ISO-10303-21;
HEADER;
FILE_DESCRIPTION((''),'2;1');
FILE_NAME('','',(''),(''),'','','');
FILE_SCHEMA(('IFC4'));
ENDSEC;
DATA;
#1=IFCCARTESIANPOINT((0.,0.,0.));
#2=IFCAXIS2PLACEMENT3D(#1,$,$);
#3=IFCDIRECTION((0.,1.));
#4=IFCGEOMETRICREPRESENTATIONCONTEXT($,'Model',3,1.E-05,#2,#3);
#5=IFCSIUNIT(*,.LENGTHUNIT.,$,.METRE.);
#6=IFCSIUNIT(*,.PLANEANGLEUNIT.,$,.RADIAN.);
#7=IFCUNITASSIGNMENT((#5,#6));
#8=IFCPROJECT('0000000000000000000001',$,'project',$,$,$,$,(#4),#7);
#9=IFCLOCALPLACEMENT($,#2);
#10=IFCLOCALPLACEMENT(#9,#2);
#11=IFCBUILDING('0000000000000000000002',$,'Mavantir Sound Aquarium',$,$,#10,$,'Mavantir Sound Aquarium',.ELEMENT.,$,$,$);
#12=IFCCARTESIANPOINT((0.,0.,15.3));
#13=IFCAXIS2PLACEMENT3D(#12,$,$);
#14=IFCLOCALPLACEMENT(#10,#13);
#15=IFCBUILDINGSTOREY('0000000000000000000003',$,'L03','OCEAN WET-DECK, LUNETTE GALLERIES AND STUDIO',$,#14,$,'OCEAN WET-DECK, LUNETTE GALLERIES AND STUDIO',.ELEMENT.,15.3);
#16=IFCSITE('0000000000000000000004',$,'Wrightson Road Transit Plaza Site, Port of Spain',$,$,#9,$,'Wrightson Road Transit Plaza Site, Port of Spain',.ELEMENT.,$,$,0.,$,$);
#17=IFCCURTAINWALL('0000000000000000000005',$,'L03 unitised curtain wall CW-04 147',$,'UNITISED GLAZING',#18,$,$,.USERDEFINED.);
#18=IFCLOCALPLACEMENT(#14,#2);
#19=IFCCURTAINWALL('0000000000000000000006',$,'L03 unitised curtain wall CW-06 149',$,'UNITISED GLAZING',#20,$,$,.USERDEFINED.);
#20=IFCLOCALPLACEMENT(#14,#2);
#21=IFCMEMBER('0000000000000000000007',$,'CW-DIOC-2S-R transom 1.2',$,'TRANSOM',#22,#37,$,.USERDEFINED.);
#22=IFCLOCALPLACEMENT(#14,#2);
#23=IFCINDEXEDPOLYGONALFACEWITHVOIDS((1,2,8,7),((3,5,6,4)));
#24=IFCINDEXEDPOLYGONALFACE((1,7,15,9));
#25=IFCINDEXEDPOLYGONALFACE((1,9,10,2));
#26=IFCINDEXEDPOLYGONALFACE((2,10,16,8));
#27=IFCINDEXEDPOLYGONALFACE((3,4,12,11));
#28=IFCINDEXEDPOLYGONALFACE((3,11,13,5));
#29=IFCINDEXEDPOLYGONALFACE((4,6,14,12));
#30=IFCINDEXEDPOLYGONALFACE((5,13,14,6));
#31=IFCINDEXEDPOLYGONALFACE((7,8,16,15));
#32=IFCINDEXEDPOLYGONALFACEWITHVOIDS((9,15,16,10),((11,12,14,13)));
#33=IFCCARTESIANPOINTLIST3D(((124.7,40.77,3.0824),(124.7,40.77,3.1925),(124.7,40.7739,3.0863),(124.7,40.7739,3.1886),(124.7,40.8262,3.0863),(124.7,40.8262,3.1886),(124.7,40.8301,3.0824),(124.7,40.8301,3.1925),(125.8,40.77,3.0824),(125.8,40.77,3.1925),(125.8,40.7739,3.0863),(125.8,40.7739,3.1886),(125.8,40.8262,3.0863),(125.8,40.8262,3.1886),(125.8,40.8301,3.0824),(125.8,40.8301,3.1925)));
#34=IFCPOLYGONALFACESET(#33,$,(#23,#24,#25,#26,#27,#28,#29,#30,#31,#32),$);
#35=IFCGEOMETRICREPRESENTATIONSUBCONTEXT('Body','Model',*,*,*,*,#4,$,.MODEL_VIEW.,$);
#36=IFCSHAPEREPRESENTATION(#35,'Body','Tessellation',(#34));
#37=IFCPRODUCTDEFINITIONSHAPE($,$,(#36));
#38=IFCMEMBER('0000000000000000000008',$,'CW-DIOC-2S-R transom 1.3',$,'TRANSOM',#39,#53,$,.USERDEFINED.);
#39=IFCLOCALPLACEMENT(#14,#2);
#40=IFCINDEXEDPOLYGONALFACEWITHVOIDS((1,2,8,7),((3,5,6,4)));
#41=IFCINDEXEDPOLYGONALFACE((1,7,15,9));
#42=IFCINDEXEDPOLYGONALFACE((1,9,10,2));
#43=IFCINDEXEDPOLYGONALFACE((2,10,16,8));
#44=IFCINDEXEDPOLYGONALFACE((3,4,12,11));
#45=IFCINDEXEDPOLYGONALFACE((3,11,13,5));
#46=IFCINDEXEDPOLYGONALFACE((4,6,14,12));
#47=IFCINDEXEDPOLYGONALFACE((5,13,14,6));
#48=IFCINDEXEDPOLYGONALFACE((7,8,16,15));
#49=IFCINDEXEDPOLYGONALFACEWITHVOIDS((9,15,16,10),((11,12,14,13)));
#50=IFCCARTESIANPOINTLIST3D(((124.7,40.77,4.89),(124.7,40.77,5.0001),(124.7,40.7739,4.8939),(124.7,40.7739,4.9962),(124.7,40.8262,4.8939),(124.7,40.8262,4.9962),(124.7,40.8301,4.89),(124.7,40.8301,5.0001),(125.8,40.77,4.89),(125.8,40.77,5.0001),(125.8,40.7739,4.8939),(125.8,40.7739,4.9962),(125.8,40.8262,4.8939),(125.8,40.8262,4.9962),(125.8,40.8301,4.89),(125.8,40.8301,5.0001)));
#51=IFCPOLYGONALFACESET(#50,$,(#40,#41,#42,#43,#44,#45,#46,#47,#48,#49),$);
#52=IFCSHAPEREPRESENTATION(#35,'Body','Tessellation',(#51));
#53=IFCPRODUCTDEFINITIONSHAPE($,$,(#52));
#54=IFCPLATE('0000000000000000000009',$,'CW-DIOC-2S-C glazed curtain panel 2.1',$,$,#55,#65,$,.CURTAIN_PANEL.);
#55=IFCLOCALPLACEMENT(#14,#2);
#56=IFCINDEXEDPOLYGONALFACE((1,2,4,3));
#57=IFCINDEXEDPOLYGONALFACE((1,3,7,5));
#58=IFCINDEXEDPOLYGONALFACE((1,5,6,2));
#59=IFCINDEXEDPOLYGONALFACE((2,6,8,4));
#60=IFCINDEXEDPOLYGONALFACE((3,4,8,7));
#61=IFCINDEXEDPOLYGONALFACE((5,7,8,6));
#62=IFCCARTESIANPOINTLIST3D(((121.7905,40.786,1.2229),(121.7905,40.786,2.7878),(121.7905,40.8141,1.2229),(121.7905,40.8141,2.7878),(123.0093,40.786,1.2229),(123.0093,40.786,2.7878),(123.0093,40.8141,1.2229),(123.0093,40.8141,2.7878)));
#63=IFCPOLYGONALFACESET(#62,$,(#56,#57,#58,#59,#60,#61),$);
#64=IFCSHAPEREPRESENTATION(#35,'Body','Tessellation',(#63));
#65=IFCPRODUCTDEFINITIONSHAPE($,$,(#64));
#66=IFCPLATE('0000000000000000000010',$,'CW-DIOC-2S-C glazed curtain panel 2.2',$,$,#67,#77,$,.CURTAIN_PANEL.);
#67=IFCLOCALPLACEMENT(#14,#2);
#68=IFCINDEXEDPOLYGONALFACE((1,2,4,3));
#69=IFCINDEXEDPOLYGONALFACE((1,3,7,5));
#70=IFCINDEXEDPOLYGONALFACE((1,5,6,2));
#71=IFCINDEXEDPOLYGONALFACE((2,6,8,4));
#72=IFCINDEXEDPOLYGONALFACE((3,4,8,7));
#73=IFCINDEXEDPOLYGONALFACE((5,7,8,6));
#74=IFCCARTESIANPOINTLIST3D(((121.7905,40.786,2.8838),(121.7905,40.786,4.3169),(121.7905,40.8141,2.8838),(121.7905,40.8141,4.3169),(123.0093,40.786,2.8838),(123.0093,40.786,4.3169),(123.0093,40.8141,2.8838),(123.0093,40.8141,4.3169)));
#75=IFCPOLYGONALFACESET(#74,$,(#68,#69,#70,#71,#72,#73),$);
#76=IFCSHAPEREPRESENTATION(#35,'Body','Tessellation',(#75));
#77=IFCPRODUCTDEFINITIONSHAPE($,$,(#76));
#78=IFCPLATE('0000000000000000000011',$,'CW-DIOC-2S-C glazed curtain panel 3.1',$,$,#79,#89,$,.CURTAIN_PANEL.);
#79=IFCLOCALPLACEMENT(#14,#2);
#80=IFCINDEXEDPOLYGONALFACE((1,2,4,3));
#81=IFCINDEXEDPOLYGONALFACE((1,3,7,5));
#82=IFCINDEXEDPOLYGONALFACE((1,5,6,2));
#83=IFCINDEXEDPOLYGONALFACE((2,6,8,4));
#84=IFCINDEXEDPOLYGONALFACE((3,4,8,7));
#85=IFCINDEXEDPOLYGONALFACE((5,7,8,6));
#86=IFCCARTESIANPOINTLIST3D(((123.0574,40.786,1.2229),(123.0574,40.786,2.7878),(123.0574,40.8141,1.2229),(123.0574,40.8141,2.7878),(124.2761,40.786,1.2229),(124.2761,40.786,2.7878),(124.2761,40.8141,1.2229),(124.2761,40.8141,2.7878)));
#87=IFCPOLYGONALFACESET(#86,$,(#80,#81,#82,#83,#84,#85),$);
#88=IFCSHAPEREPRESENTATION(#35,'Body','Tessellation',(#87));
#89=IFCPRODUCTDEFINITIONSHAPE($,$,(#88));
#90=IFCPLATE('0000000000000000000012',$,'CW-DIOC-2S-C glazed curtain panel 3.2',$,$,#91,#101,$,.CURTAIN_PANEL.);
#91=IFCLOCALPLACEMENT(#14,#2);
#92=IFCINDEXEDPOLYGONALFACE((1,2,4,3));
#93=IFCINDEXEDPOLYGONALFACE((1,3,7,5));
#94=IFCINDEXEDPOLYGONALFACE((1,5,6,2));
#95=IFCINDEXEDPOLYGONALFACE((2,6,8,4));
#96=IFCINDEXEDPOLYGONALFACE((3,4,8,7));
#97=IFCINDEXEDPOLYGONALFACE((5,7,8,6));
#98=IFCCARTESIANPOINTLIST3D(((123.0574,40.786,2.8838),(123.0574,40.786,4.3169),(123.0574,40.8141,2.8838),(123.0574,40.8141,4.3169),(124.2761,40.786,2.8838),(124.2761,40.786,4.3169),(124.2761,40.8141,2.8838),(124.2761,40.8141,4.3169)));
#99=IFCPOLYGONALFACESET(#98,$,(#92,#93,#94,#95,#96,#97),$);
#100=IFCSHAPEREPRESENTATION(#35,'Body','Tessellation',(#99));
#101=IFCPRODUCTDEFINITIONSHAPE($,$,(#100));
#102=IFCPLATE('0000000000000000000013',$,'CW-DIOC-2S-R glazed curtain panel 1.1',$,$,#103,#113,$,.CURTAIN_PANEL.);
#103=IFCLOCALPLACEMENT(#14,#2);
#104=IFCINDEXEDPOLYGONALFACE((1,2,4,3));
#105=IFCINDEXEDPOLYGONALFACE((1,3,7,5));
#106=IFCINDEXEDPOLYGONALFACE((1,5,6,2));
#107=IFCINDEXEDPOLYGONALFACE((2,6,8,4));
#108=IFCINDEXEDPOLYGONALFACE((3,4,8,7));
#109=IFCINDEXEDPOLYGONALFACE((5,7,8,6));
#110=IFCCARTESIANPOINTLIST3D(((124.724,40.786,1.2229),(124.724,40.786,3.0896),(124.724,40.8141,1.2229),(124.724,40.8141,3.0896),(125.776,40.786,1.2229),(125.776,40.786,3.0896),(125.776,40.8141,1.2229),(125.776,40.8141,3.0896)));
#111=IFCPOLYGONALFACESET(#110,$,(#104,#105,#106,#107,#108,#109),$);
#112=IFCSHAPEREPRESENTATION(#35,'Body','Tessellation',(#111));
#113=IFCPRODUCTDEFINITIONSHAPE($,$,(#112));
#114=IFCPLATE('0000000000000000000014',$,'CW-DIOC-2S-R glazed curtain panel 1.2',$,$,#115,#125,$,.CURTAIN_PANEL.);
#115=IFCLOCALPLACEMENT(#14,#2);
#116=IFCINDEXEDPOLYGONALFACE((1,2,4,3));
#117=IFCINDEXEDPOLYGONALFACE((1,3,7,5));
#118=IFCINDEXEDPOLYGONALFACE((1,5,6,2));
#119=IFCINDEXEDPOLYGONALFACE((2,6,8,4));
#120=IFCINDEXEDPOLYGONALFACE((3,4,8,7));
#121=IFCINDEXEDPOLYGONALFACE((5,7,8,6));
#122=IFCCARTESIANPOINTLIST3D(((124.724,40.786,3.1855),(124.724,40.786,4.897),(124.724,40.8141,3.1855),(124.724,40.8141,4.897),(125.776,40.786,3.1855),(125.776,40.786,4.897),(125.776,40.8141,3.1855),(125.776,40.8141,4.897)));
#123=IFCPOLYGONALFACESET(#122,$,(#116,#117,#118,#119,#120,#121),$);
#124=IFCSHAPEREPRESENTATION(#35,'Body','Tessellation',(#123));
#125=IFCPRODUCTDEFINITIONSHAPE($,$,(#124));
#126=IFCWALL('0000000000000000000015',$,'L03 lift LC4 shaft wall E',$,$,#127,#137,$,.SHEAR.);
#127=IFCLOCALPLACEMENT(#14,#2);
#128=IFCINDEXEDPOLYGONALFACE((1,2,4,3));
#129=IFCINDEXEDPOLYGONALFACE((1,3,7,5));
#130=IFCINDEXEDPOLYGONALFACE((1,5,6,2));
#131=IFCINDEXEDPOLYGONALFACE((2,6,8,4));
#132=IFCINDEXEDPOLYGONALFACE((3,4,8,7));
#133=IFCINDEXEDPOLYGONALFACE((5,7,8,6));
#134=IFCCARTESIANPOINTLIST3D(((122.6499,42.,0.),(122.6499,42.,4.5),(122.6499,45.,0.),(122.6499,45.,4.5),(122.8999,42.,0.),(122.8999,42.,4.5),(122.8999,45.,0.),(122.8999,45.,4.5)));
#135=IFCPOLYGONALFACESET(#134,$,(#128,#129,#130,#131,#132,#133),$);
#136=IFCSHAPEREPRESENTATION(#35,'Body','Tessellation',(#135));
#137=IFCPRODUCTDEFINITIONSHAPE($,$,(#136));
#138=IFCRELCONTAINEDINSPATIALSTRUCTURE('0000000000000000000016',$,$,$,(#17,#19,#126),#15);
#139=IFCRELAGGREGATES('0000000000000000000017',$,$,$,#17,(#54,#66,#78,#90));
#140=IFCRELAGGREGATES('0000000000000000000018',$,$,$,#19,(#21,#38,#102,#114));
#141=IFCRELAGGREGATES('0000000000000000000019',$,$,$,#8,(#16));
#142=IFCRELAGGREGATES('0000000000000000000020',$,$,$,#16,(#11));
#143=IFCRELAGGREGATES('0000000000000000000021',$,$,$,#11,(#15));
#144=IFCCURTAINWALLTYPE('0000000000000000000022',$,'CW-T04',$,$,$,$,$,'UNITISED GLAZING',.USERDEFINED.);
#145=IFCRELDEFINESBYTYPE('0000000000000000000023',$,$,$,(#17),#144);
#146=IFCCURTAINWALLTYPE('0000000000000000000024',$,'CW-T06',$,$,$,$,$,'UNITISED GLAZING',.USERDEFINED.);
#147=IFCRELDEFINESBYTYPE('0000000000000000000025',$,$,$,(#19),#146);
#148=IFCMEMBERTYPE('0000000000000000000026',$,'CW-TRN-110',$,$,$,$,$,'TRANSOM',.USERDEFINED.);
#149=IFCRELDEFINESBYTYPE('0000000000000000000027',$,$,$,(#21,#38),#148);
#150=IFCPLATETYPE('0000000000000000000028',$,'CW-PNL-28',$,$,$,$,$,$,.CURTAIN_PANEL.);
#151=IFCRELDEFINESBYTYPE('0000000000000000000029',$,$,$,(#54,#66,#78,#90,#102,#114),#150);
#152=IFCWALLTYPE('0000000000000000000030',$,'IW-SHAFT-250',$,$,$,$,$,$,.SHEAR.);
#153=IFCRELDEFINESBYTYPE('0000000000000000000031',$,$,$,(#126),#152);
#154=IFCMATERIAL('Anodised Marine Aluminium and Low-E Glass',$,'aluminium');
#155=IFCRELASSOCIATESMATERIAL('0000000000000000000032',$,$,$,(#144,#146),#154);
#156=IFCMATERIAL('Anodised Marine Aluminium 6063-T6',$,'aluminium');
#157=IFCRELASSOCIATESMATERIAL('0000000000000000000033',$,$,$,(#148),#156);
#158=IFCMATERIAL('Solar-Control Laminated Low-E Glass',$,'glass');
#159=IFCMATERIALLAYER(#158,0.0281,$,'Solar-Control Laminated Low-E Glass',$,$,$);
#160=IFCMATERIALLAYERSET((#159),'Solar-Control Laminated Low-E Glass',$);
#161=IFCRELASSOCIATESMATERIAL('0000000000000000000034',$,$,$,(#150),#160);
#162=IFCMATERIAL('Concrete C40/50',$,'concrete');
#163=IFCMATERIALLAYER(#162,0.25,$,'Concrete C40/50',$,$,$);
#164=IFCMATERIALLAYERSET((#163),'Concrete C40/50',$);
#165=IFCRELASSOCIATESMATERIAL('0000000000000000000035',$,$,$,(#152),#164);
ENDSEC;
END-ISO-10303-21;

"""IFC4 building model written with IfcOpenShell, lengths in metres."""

from ifc_helpers import new_model, si_unit, direction, frame, frame_2d, origin, origin_2d, place, context, subcontext, project, spatial, rectangle, hollow_rectangle, extrude, material, layer, layer_set, material_profile, profile_set, type_object, element, aggregate, save


model = new_model("IFC4")

# Units and contexts
model_context = context("Model", 3, precision=1e-05, world=origin(), true_north=direction((0.0, 1.0)))
body_context = subcontext(model_context, "Body", "Model", "MODEL_VIEW")
ifc_project = project(units=[si_unit("LENGTHUNIT", "METRE"), si_unit("PLANEANGLEUNIT", "RADIAN")], contexts=[model_context])

# Site, building, storey
site_placement = place(None, origin())
site = spatial("IfcSite", under=ifc_project, at=site_placement, Name="Wrightson Road Transit Plaza Site, Port of Spain", LongName="Wrightson Road Transit Plaza Site, Port of Spain", CompositionType="ELEMENT", RefElevation=0.0)
building_placement = place(site_placement, origin())
building = spatial("IfcBuilding", under=site, at=building_placement, Name="Mavantir Sound Aquarium", LongName="Mavantir Sound Aquarium", CompositionType="ELEMENT")
storey_placement = place(building_placement, frame((0.0, 0.0, 15.3)))
storey = spatial("IfcBuildingStorey", under=building, at=storey_placement, Name="L03", Description="OCEAN WET-DECK, LUNETTE GALLERIES AND STUDIO", LongName="OCEAN WET-DECK, LUNETTE GALLERIES AND STUDIO", CompositionType="ELEMENT", Elevation=15.3)

# Curtain wall
ifc_material_1 = material(Name="Anodised Marine Aluminium and Low-E Glass", Category="aluminium")
curtain_wall_type_1 = type_object("IfcCurtainWallType", Name="CW-T04", ElementType="UNITISED GLAZING", PredefinedType="USERDEFINED", material=ifc_material_1)
curtain_wall_1_placement = place(storey_placement, origin())
curtain_wall_1 = element("IfcCurtainWall", 1, at=curtain_wall_1_placement, inside=storey, type_object=curtain_wall_type_1, Name="L03 unitised curtain wall CW-04 147", ObjectType="UNITISED GLAZING", PredefinedType="USERDEFINED")
ifc_material_2 = material(Name="Anodised Marine Aluminium 6063-T6", Category="aluminium")

# Curtain wall
curtain_wall_type_2 = type_object("IfcCurtainWallType", Name="CW-T06", ElementType="UNITISED GLAZING", PredefinedType="USERDEFINED", material=ifc_material_1)
curtain_wall_2_placement = place(storey_placement, origin())
curtain_wall_2 = element("IfcCurtainWall", 2, at=curtain_wall_2_placement, inside=storey, type_object=curtain_wall_type_2, Name="L03 unitised curtain wall CW-06 149", ObjectType="UNITISED GLAZING", PredefinedType="USERDEFINED")

# Members
ifc_material_profile_1 = material_profile(ifc_material_2, hollow_rectangle(XDim=0.0601, YDim=0.1101, WallThickness=0.0039, at=origin_2d()), Name="ALU-TRANSOM-110X60")
ifc_profile_set_1 = profile_set([ifc_material_profile_1], Name="Anodised Marine Aluminium 6063-T6")
member_type_1 = type_object("IfcMemberType", Name="CW-TRN-110", ElementType="TRANSOM", PredefinedType="USERDEFINED", material=ifc_profile_set_1)
member_1_placement = place(storey_placement, frame((124.7, 40.8, 3.1375), z_axis=(1.0, 0.0, 0.0), x_axis=(0.0, 1.0, 0.0)))
member_1 = element("IfcMember", 3, at=member_1_placement, type_object=member_type_1, Name="CW-DIOC-2S-R transom 1.2", ObjectType="TRANSOM", PredefinedType="USERDEFINED", context=body_context, shape_type="SweptSolid", body=[
    extrude(hollow_rectangle(XDim=0.0601, YDim=0.1101, WallThickness=0.0039, at=origin_2d()), origin(), (0.0, 0.0, 1.0), 1.1001),
])
member_2_placement = place(storey_placement, frame((124.7, 40.8, 4.9451), z_axis=(1.0, 0.0, 0.0), x_axis=(0.0, 1.0, 0.0)))
member_2 = element("IfcMember", 4, at=member_2_placement, type_object=member_type_1, Name="CW-DIOC-2S-R transom 1.3", ObjectType="TRANSOM", PredefinedType="USERDEFINED", context=body_context, shape_type="SweptSolid", body=[
    extrude(hollow_rectangle(XDim=0.0601, YDim=0.1101, WallThickness=0.0039, at=origin_2d()), origin(), (0.0, 0.0, 1.0), 1.1001),
])

# Plates
ifc_material_3 = material(Name="Solar-Control Laminated Low-E Glass", Category="glass")
ifc_layer_1 = layer(ifc_material_3, 0.0281, Name="Solar-Control Laminated Low-E Glass")
ifc_layer_set_1 = layer_set([ifc_layer_1], Name="Solar-Control Laminated Low-E Glass")
plate_type = type_object("IfcPlateType", Name="CW-PNL-28", PredefinedType="CURTAIN_PANEL", material=ifc_layer_set_1)
plate_1_placement = place(storey_placement, frame((122.3999, 40.8, 1.2229), z_axis=(0.0, 0.0, 1.0), x_axis=(1.0, 0.0, 0.0)))
plate_1 = element("IfcPlate", 5, at=plate_1_placement, type_object=plate_type, Name="CW-DIOC-2S-C glazed curtain panel 2.1", PredefinedType="CURTAIN_PANEL", context=body_context, shape_type="SweptSolid", body=[
    extrude(rectangle(XDim=1.2188, YDim=0.0281, at=origin_2d()), origin(), (0.0, 0.0, 1.0), 1.5649),
])
plate_2_placement = place(storey_placement, frame((122.3999, 40.8, 2.8838), z_axis=(0.0, 0.0, 1.0), x_axis=(1.0, 0.0, 0.0)))
plate_2 = element("IfcPlate", 6, at=plate_2_placement, type_object=plate_type, Name="CW-DIOC-2S-C glazed curtain panel 2.2", PredefinedType="CURTAIN_PANEL", context=body_context, shape_type="SweptSolid", body=[
    extrude(rectangle(XDim=1.2188, YDim=0.0281, at=origin_2d()), origin(), (0.0, 0.0, 1.0), 1.4331),
])
plate_3_placement = place(storey_placement, frame((123.6667, 40.8, 1.2229), z_axis=(0.0, 0.0, 1.0), x_axis=(1.0, 0.0, 0.0)))
plate_3 = element("IfcPlate", 7, at=plate_3_placement, type_object=plate_type, Name="CW-DIOC-2S-C glazed curtain panel 3.1", PredefinedType="CURTAIN_PANEL", context=body_context, shape_type="SweptSolid", body=[
    extrude(rectangle(XDim=1.2188, YDim=0.0281, at=origin_2d()), origin(), (0.0, 0.0, 1.0), 1.5649),
])
plate_4_placement = place(storey_placement, frame((123.6667, 40.8, 2.8838), z_axis=(0.0, 0.0, 1.0), x_axis=(1.0, 0.0, 0.0)))
plate_4 = element("IfcPlate", 8, at=plate_4_placement, type_object=plate_type, Name="CW-DIOC-2S-C glazed curtain panel 3.2", PredefinedType="CURTAIN_PANEL", context=body_context, shape_type="SweptSolid", body=[
    extrude(rectangle(XDim=1.2188, YDim=0.0281, at=origin_2d()), origin(), (0.0, 0.0, 1.0), 1.4331),
])
aggregate(curtain_wall_1, [plate_1, plate_2, plate_3, plate_4])
plate_5_placement = place(storey_placement, frame((125.25, 40.8, 1.2229), z_axis=(0.0, 0.0, 1.0), x_axis=(1.0, 0.0, 0.0)))
plate_5 = element("IfcPlate", 9, at=plate_5_placement, type_object=plate_type, Name="CW-DIOC-2S-R glazed curtain panel 1.1", PredefinedType="CURTAIN_PANEL", context=body_context, shape_type="SweptSolid", body=[
    extrude(rectangle(XDim=1.052, YDim=0.0281, at=origin_2d()), origin(), (0.0, 0.0, 1.0), 1.8667),
])
plate_6_placement = place(storey_placement, frame((125.25, 40.8, 3.1855), z_axis=(0.0, 0.0, 1.0), x_axis=(1.0, 0.0, 0.0)))
plate_6 = element("IfcPlate", 10, at=plate_6_placement, type_object=plate_type, Name="CW-DIOC-2S-R glazed curtain panel 1.2", PredefinedType="CURTAIN_PANEL", context=body_context, shape_type="SweptSolid", body=[
    extrude(rectangle(XDim=1.052, YDim=0.0281, at=origin_2d()), origin(), (0.0, 0.0, 1.0), 1.7114),
])
aggregate(curtain_wall_2, [member_1, member_2, plate_5, plate_6])

# Wall
ifc_material_4 = material(Name="Concrete C40/50", Category="concrete")
ifc_layer_2 = layer(ifc_material_4, 0.25, Name="Concrete C40/50")
ifc_layer_set_2 = layer_set([ifc_layer_2], Name="Concrete C40/50")
wall_type = type_object("IfcWallType", Name="IW-SHAFT-250", PredefinedType="SHEAR", material=ifc_layer_set_2)
wall_placement = place(storey_placement, frame((122.7749, 42.0, 0.0), z_axis=(0.0, 0.0, 1.0), x_axis=(0.0, 1.0, 0.0)))
element("IfcWall", 11, at=wall_placement, inside=storey, type_object=wall_type, Name="L03 lift LC4 shaft wall E", PredefinedType="SHEAR", context=body_context, shape_type="SweptSolid", body=[
    extrude(rectangle(XDim=3.0, YDim=0.25, at=frame_2d((1.5, 0.0))), origin(), (0.0, 0.0, 1.0), 4.5),
])

save(model, "model.ifc")
